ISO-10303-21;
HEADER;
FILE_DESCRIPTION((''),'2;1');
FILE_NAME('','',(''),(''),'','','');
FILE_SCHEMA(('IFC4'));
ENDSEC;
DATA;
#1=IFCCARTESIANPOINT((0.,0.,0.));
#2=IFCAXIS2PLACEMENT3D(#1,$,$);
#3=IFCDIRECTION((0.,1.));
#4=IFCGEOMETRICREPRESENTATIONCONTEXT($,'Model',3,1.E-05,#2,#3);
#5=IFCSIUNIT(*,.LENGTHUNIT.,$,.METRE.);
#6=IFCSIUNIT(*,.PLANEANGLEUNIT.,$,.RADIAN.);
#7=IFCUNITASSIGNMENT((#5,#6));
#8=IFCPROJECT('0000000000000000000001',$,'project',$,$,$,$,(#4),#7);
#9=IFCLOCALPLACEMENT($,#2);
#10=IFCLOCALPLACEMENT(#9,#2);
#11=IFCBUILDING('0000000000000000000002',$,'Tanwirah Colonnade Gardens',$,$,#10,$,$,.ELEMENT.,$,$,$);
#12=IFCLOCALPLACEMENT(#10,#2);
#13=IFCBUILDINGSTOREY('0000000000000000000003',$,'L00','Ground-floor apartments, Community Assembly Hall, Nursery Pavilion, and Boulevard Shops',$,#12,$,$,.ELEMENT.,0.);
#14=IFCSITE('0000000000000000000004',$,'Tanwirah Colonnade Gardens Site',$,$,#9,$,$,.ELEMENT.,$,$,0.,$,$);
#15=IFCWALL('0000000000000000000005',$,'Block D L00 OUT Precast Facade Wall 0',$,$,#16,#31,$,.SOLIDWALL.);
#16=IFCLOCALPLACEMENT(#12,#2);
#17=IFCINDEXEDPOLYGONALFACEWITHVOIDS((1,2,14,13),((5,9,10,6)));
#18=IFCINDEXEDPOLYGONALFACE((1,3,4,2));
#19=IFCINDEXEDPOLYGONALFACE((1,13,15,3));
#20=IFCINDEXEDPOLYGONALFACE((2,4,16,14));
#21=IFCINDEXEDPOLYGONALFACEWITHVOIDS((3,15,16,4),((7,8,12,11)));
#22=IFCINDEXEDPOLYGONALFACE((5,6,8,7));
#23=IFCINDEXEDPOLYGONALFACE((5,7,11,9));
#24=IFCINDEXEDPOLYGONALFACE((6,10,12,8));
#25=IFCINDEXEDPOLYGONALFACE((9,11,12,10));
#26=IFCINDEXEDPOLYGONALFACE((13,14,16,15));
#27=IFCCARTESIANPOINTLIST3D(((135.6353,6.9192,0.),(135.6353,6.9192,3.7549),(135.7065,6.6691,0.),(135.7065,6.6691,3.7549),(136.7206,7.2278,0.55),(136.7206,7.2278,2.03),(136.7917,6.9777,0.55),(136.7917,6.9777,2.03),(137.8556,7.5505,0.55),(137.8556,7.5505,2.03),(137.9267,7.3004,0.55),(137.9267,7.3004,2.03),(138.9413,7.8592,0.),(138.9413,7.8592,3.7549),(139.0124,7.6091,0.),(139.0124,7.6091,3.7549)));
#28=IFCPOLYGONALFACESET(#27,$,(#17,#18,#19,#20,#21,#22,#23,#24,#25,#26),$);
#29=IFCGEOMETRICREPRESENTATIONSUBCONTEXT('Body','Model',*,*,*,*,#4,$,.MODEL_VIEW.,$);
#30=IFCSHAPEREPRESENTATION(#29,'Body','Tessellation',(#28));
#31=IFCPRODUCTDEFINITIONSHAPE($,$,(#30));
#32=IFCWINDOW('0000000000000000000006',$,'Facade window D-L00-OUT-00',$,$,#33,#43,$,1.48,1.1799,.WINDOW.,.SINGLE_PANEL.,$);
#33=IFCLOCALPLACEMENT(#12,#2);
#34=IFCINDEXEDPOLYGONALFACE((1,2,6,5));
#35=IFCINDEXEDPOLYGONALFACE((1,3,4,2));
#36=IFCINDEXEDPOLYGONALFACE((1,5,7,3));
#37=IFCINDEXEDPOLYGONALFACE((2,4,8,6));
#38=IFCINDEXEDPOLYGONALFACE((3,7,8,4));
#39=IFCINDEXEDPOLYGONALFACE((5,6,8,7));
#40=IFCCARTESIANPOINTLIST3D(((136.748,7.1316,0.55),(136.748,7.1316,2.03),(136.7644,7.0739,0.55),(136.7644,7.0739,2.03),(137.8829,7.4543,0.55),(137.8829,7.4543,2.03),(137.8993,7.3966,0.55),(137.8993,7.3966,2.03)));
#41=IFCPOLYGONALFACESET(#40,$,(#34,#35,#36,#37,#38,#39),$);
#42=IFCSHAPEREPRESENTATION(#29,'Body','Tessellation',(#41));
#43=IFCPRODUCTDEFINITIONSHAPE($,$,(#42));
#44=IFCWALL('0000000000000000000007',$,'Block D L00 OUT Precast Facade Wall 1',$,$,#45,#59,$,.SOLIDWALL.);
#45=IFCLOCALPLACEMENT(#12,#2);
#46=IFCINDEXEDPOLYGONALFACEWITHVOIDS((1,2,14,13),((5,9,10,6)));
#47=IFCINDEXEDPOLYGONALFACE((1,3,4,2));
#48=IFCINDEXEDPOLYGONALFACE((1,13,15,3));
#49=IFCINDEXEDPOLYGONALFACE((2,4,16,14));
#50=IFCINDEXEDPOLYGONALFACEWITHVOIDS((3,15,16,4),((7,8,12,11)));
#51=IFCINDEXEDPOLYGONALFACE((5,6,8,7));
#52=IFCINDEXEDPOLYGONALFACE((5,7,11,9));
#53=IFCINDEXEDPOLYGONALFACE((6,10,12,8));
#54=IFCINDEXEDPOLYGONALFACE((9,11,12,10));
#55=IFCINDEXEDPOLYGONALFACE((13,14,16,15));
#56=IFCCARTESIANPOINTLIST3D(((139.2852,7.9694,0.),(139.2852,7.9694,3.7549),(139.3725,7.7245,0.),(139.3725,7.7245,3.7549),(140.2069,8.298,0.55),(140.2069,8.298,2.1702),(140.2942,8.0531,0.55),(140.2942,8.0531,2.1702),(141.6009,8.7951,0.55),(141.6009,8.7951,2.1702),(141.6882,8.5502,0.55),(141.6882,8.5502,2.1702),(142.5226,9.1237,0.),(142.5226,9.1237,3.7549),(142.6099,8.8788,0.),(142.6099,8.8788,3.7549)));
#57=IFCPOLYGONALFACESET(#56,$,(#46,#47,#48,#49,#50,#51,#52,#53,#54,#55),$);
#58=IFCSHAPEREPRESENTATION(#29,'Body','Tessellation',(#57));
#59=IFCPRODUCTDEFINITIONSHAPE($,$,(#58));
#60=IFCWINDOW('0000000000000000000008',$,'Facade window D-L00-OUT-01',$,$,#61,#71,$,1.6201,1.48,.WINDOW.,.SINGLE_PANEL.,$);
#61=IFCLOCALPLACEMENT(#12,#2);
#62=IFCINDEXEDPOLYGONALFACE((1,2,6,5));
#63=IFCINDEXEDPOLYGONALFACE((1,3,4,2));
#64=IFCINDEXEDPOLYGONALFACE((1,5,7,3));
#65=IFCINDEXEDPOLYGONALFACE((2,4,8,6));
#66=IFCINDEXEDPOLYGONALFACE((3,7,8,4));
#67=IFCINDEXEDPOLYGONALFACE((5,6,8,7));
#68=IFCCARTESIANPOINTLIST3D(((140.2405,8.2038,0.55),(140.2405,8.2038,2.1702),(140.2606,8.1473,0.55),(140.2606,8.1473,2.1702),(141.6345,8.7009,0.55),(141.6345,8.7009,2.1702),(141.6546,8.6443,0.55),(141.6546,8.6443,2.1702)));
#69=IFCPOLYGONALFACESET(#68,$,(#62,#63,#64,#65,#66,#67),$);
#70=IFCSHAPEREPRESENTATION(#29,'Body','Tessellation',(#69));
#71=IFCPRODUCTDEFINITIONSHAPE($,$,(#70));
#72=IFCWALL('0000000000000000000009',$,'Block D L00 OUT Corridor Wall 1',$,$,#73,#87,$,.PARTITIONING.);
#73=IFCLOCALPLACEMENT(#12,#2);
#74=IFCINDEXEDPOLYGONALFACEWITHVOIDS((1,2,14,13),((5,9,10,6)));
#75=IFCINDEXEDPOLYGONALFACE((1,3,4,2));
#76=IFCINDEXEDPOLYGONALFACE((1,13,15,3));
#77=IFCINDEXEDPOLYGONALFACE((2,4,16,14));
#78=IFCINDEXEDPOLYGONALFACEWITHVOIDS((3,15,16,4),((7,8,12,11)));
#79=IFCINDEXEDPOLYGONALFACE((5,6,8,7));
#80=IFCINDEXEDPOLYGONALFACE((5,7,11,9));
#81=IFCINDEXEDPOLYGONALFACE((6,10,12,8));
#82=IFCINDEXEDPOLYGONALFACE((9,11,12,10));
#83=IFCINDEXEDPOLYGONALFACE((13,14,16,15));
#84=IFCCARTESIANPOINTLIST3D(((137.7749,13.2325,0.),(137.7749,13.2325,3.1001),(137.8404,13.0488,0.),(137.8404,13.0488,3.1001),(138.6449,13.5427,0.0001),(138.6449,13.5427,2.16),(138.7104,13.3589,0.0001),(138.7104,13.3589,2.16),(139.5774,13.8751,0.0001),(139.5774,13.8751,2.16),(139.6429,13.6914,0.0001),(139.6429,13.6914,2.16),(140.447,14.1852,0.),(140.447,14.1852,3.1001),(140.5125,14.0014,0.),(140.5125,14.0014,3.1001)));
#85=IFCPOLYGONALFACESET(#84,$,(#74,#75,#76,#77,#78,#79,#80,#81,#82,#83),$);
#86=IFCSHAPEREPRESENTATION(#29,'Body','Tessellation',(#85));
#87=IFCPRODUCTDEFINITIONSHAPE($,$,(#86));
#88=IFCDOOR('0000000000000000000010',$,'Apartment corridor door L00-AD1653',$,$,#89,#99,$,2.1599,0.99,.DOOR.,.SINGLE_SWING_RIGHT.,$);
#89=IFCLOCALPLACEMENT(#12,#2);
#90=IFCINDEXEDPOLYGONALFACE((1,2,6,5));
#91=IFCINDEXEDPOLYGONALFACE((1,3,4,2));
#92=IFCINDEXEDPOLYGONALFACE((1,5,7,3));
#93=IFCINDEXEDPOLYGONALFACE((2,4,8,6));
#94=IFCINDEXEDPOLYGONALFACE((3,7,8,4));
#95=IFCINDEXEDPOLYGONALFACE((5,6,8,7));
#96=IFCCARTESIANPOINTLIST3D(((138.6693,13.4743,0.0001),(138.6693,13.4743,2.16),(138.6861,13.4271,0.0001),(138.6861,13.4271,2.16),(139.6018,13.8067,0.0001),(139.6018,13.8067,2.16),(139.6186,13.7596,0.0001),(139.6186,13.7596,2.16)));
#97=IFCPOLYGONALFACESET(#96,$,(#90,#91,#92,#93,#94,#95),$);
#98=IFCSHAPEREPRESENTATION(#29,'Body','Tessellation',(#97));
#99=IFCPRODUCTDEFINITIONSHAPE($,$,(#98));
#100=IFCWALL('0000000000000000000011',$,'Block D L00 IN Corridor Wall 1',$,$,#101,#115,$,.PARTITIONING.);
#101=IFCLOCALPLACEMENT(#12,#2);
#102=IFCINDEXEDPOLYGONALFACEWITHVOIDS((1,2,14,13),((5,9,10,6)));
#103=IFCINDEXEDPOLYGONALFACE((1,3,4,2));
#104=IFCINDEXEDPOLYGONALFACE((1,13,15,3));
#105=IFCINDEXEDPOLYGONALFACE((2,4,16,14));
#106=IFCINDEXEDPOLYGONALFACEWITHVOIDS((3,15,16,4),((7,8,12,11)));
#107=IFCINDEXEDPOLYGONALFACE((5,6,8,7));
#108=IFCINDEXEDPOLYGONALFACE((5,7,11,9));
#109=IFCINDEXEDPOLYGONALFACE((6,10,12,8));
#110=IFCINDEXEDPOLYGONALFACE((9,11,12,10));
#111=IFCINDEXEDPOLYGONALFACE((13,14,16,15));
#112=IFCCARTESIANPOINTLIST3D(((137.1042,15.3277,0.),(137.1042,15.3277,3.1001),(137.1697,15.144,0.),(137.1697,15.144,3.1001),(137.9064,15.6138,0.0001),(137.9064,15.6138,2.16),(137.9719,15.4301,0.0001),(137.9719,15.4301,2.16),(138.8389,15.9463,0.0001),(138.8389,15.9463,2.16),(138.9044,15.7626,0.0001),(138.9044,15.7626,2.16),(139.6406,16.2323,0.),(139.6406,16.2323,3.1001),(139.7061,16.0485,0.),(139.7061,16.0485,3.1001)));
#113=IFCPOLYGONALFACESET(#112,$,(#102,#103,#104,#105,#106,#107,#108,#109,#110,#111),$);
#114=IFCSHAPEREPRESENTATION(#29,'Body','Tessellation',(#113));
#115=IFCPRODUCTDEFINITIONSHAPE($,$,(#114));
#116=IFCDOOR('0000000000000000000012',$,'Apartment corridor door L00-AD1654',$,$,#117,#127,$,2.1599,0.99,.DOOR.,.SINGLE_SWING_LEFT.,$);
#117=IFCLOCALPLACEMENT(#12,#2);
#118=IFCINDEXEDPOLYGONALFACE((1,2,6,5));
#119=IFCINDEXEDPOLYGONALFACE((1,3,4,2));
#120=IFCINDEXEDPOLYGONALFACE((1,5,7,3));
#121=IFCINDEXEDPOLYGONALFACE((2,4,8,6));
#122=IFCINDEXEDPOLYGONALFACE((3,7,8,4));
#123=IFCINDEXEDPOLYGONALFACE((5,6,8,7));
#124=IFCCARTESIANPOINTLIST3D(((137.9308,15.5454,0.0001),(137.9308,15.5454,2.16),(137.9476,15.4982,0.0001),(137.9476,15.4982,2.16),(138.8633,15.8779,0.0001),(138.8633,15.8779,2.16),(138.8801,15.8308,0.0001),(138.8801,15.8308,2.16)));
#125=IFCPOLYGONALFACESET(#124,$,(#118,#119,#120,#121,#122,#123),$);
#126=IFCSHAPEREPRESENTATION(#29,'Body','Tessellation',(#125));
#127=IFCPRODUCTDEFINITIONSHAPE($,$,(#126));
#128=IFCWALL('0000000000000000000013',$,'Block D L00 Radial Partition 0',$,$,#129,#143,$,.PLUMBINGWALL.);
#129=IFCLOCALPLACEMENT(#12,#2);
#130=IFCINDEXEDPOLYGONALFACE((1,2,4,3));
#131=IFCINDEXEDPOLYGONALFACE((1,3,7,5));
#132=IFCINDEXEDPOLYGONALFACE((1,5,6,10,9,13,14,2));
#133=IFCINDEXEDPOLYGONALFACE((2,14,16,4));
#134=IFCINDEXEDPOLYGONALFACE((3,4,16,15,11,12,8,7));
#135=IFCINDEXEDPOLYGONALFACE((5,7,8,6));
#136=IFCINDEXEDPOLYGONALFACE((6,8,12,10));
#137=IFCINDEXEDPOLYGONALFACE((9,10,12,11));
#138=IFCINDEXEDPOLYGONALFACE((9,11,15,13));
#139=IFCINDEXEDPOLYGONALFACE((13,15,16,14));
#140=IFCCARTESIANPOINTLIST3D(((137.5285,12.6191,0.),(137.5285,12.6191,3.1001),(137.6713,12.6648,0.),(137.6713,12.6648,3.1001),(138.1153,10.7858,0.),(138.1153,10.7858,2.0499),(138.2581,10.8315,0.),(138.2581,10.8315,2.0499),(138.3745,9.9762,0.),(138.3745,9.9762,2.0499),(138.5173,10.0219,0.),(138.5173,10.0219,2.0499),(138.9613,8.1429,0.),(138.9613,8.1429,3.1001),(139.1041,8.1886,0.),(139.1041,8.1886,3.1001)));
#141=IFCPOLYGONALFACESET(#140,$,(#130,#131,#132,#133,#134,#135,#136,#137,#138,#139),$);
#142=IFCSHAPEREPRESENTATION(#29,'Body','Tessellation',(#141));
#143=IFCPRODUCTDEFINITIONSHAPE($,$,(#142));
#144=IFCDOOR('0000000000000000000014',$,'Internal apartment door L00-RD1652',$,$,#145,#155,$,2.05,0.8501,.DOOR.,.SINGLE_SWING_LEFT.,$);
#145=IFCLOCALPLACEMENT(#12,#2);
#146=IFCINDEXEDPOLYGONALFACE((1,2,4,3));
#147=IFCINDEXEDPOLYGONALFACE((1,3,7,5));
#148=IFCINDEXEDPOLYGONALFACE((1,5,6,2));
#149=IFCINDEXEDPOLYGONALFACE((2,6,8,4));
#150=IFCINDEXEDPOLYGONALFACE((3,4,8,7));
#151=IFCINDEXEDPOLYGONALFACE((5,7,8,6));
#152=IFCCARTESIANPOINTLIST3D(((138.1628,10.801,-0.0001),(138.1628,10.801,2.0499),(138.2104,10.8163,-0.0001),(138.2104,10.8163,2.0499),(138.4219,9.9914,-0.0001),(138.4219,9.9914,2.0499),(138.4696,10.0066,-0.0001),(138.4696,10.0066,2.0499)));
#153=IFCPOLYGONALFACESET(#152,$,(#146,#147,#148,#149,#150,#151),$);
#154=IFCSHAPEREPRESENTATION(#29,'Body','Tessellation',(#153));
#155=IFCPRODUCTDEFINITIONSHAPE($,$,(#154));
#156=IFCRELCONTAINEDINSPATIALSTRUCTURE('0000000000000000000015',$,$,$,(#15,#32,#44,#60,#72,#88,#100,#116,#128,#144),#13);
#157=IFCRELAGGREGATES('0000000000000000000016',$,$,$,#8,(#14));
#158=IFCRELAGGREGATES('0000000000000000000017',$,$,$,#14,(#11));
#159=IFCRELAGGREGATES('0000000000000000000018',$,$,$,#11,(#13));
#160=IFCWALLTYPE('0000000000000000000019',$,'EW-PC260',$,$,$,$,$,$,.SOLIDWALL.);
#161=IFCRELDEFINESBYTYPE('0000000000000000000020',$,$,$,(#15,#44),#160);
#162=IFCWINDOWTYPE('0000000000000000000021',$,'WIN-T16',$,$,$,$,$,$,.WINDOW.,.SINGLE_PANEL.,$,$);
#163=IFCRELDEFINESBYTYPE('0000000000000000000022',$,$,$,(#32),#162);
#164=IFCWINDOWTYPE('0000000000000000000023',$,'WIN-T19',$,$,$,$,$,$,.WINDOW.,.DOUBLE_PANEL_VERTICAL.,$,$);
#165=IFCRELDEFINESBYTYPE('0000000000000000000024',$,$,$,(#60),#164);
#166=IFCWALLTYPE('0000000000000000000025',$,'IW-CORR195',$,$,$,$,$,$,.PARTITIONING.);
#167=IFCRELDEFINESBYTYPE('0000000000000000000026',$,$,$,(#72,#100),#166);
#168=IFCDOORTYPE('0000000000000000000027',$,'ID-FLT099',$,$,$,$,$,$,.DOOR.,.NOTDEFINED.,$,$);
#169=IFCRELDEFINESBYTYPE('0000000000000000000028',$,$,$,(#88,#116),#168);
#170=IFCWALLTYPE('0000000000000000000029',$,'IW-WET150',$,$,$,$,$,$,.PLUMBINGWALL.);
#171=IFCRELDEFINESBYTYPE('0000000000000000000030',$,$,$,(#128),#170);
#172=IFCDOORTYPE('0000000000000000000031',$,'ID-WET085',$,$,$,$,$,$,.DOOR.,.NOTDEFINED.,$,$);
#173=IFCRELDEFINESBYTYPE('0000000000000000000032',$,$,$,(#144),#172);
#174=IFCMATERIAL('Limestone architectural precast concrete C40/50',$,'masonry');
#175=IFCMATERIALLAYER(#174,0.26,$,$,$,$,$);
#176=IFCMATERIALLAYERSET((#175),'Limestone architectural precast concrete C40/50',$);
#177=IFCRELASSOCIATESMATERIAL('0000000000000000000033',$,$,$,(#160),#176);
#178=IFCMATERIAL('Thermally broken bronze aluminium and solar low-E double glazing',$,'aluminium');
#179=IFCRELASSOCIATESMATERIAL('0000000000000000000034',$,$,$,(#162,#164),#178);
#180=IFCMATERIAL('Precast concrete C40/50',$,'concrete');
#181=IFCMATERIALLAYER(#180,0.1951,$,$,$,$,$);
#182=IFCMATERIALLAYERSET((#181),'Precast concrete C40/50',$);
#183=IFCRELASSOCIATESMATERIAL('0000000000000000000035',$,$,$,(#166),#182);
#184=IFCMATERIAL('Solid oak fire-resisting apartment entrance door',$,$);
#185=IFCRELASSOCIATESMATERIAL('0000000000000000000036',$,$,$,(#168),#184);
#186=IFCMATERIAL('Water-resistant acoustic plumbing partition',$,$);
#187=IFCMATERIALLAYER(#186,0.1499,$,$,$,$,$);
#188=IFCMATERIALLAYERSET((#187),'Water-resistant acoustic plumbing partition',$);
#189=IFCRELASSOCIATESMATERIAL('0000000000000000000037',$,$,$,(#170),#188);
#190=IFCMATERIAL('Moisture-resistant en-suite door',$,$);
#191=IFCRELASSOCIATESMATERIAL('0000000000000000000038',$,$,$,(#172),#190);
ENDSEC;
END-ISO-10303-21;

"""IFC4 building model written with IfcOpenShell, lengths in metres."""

from ifc_helpers import new_model, si_unit, direction, frame, frame_2d, origin, place, context, subcontext, project, spatial, rectangle, extrude, material, layer, layer_set, type_object, element, fill, save


model = new_model("IFC4")

# Units and contexts
model_context = context("Model", 3, precision=1e-05, world=origin(), true_north=direction((0.0, 1.0)))
body_context = subcontext(model_context, "Body", "Model", "MODEL_VIEW")
ifc_project = project(units=[si_unit("LENGTHUNIT", "METRE"), si_unit("PLANEANGLEUNIT", "RADIAN")], contexts=[model_context])

# Site, building, storey
site_placement = place(None, origin())
site = spatial("IfcSite", under=ifc_project, at=site_placement, Name="Tanwirah Colonnade Gardens Site", CompositionType="ELEMENT", RefElevation=0.0)
building_placement = place(site_placement, origin())
building = spatial("IfcBuilding", under=site, at=building_placement, Name="Tanwirah Colonnade Gardens", CompositionType="ELEMENT")
storey_placement = place(building_placement, origin())
storey = spatial("IfcBuildingStorey", under=building, at=storey_placement, Name="L00", Description="Ground-floor apartments, Community Assembly Hall, Nursery Pavilion, and Boulevard Shops", CompositionType="ELEMENT", Elevation=0.0)

# Shared definitions
ifc_material_1 = material(Name="Precast concrete C40/50", Category="concrete")

# Walls, openings, windows
ifc_material_2 = material(Name="Limestone architectural precast concrete C40/50", Category="masonry")
ifc_layer_1 = layer(ifc_material_2, 0.26)
ifc_layer_set_1 = layer_set([ifc_layer_1], Name="Limestone architectural precast concrete C40/50")
wall_type_1 = type_object("IfcWallType", Name="EW-PC260", PredefinedType="SOLIDWALL", material=ifc_layer_set_1)
wall_1_placement = place(storey_placement, frame((135.6709, 6.7942, 0.0), z_axis=(0.0, 0.0, 1.0), x_axis=(0.961877, 0.273482, 0.0)))
wall_1 = element("IfcWall", 1, at=wall_1_placement, inside=storey, type_object=wall_type_1, Name="Block D L00 OUT Precast Facade Wall 0", PredefinedType="SOLIDWALL", context=body_context, shape_type="SweptSolid", body=[
    extrude(rectangle(XDim=3.437, YDim=0.26, at=frame_2d((1.7185, 0.0))), origin(), (0.0, 0.0, 1.0), 3.7549),
])
opening_1_placement = place(wall_1_placement, frame((1.1284, 0.0, 0.55)))
opening_1 = element("IfcOpeningElement", 2, at=opening_1_placement, cuts=wall_1, PredefinedType="OPENING", context=body_context, shape_type="SweptSolid", body=[
    extrude(rectangle(XDim=1.1799, YDim=1.48, at=frame_2d((0.5898, 0.74))), frame((0.0, 0.1399, 0.0), z_axis=(0.0, -1.0, 0.0), x_axis=(1.0, 0.0, 0.0)), (0.0, 0.0, 1.0), 0.28),
])
ifc_material_3 = material(Name="Thermally broken bronze aluminium and solar low-E double glazing", Category="aluminium")
window_type_1 = type_object("IfcWindowType", Name="WIN-T16", PartitioningType="SINGLE_PANEL", PredefinedType="WINDOW", material=ifc_material_3)
window_1_placement = place(opening_1_placement, origin())
window_1 = element("IfcWindow", 3, at=window_1_placement, inside=storey, type_object=window_type_1, Name="Facade window D-L00-OUT-00", OverallHeight=1.48, OverallWidth=1.1799, PartitioningType="SINGLE_PANEL", PredefinedType="WINDOW", context=body_context, shape_type="SweptSolid", body=[
    extrude(rectangle(XDim=1.1799, YDim=1.48, at=frame_2d((0.5898, 0.74))), frame((0.0, 0.03, 0.0), z_axis=(0.0, -1.0, 0.0), x_axis=(1.0, 0.0, 0.0)), (0.0, 0.0, 1.0), 0.0601),
])
fill(opening_1, window_1)
wall_2_placement = place(storey_placement, frame((139.3289, 7.8469, 0.0), z_axis=(0.0, 0.0, 1.0), x_axis=(0.941915, 0.33585, 0.0)))
wall_2 = element("IfcWall", 4, at=wall_2_placement, inside=storey, type_object=wall_type_1, Name="Block D L00 OUT Precast Facade Wall 1", PredefinedType="SOLIDWALL", context=body_context, shape_type="SweptSolid", body=[
    extrude(rectangle(XDim=3.437, YDim=0.26, at=frame_2d((1.7185, 0.0))), origin(), (0.0, 0.0, 1.0), 3.7549),
])
opening_2_placement = place(wall_2_placement, frame((0.9785, 0.0, 0.55)))
opening_2 = element("IfcOpeningElement", 5, at=opening_2_placement, cuts=wall_2, PredefinedType="OPENING", context=body_context, shape_type="SweptSolid", body=[
    extrude(rectangle(XDim=1.48, YDim=1.6201, at=frame_2d((0.74, 0.8101))), frame((0.0, 0.1399, 0.0), z_axis=(0.0, -1.0, 0.0), x_axis=(1.0, 0.0, 0.0)), (0.0, 0.0, 1.0), 0.28),
])
window_type_2 = type_object("IfcWindowType", Name="WIN-T19", PartitioningType="DOUBLE_PANEL_VERTICAL", PredefinedType="WINDOW", material=ifc_material_3)
window_2_placement = place(opening_2_placement, origin())
window_2 = element("IfcWindow", 6, at=window_2_placement, inside=storey, type_object=window_type_2, Name="Facade window D-L00-OUT-01", OverallHeight=1.6201, OverallWidth=1.48, PartitioningType="SINGLE_PANEL", PredefinedType="WINDOW", context=body_context, shape_type="SweptSolid", body=[
    extrude(rectangle(XDim=1.48, YDim=1.6201, at=frame_2d((0.74, 0.8101))), frame((0.0, 0.03, 0.0), z_axis=(0.0, -1.0, 0.0), x_axis=(1.0, 0.0, 0.0)), (0.0, 0.0, 1.0), 0.0601),
])
fill(opening_2, window_2)

# Walls, openings, doors
ifc_layer_2 = layer(ifc_material_1, 0.1951)
ifc_layer_set_2 = layer_set([ifc_layer_2], Name="Precast concrete C40/50")
wall_type_2 = type_object("IfcWallType", Name="IW-CORR195", PredefinedType="PARTITIONING", material=ifc_layer_set_2)
wall_3_placement = place(storey_placement, frame((137.8076, 13.1406, 0.0), z_axis=(0.0, 0.0, 1.0), x_axis=(0.941931, 0.335808, 0.0)))
wall_3 = element("IfcWall", 7, at=wall_3_placement, inside=storey, type_object=wall_type_2, Name="Block D L00 OUT Corridor Wall 1", PredefinedType="PARTITIONING", context=body_context, shape_type="SweptSolid", body=[
    extrude(rectangle(XDim=2.8369, YDim=0.1951, at=frame_2d((1.4185, 0.0))), origin(), (0.0, 0.0, 1.0), 3.1001),
])
opening_3_placement = place(wall_3_placement, frame((0.9236, 0.0, 0.0)))
opening_3 = element("IfcOpeningElement", 8, at=opening_3_placement, cuts=wall_3, PredefinedType="OPENING", context=body_context, shape_type="SweptSolid", body=[
    extrude(rectangle(XDim=0.99, YDim=2.1599, at=frame_2d((0.4951, 1.0801))), frame((0.0, 0.1074, 0.0), z_axis=(0.0, -1.0, 0.0), x_axis=(1.0, 0.0, 0.0)), (0.0, 0.0, 1.0), 0.2151),
])
ifc_material_4 = material(Name="Solid oak fire-resisting apartment entrance door")
door_type_1 = type_object("IfcDoorType", Name="ID-FLT099", OperationType="NOTDEFINED", PredefinedType="DOOR", material=ifc_material_4)
door_1_placement = place(opening_3_placement, origin())
door_1 = element("IfcDoor", 9, at=door_1_placement, inside=storey, type_object=door_type_1, Name="Apartment corridor door L00-AD1653", OperationType="SINGLE_SWING_RIGHT", OverallHeight=2.1599, OverallWidth=0.99, PredefinedType="DOOR", context=body_context, shape_type="SweptSolid", body=[
    extrude(rectangle(XDim=0.99, YDim=2.1599, at=frame_2d((0.4951, 1.0801))), frame((0.0, 0.0249, 0.0), z_axis=(0.0, -1.0, 0.0), x_axis=(1.0, 0.0, 0.0)), (0.0, 0.0, 1.0), 0.05),
])
fill(opening_3, door_1)
wall_4_placement = place(storey_placement, frame((137.137, 15.2358, 0.0), z_axis=(0.0, 0.0, 1.0), x_axis=(0.941896, 0.335906, 0.0)))
wall_4 = element("IfcWall", 10, at=wall_4_placement, inside=storey, type_object=wall_type_2, Name="Block D L00 IN Corridor Wall 1", PredefinedType="PARTITIONING", context=body_context, shape_type="SweptSolid", body=[
    extrude(rectangle(XDim=2.6929, YDim=0.1951, at=frame_2d((1.3464, 0.0))), origin(), (0.0, 0.0, 1.0), 3.1001),
])
opening_4_placement = place(wall_4_placement, frame((0.8516, 0.0, 0.0)))
opening_4 = element("IfcOpeningElement", 11, at=opening_4_placement, cuts=wall_4, PredefinedType="OPENING", context=body_context, shape_type="SweptSolid", body=[
    extrude(rectangle(XDim=0.99, YDim=2.1599, at=frame_2d((0.4951, 1.0801))), frame((0.0, 0.1074, 0.0), z_axis=(0.0, -1.0, 0.0), x_axis=(1.0, 0.0, 0.0)), (0.0, 0.0, 1.0), 0.2151),
])
door_2_placement = place(opening_4_placement, origin())
door_2 = element("IfcDoor", 12, at=door_2_placement, inside=storey, type_object=door_type_1, Name="Apartment corridor door L00-AD1654", OperationType="SINGLE_SWING_LEFT", OverallHeight=2.1599, OverallWidth=0.99, PredefinedType="DOOR", context=body_context, shape_type="SweptSolid", body=[
    extrude(rectangle(XDim=0.99, YDim=2.1599, at=frame_2d((0.4951, 1.0801))), frame((0.0, 0.0249, 0.0), z_axis=(0.0, -1.0, 0.0), x_axis=(1.0, 0.0, 0.0)), (0.0, 0.0, 1.0), 0.05),
])
fill(opening_4, door_2)
ifc_material_5 = material(Name="Water-resistant acoustic plumbing partition")
ifc_layer_3 = layer(ifc_material_5, 0.1499)
ifc_layer_set_3 = layer_set([ifc_layer_3], Name="Water-resistant acoustic plumbing partition")
wall_type_3 = type_object("IfcWallType", Name="IW-WET150", PredefinedType="PLUMBINGWALL", material=ifc_layer_set_3)
wall_5_placement = place(storey_placement, frame((137.5999, 12.6421, 0.0), z_axis=(0.0, 0.0, 1.0), x_axis=(0.304861, -0.952397, 0.0)))
wall_5 = element("IfcWall", 13, at=wall_5_placement, inside=storey, type_object=wall_type_3, Name="Block D L00 Radial Partition 0", PredefinedType="PLUMBINGWALL", context=body_context, shape_type="SweptSolid", body=[
    extrude(rectangle(XDim=4.7, YDim=0.1499, at=frame_2d((2.3501, 0.0))), origin(), (0.0, 0.0, 1.0), 3.1001),
])
opening_5_placement = place(wall_5_placement, frame((1.925, 0.0, 0.0)))
opening_5 = element("IfcOpeningElement", 14, at=opening_5_placement, cuts=wall_5, PredefinedType="OPENING", context=body_context, shape_type="SweptSolid", body=[
    extrude(rectangle(XDim=0.8501, YDim=2.05, at=frame_2d((0.425, 1.0249))), frame((0.0, 0.085, 0.0), z_axis=(0.0, -1.0, 0.0), x_axis=(1.0, 0.0, 0.0)), (0.0, 0.0, 1.0), 0.1699),
])
ifc_material_6 = material(Name="Moisture-resistant en-suite door")
door_type_2 = type_object("IfcDoorType", Name="ID-WET085", OperationType="NOTDEFINED", PredefinedType="DOOR", material=ifc_material_6)
door_3_placement = place(opening_5_placement, origin())
door_3 = element("IfcDoor", 15, at=door_3_placement, inside=storey, type_object=door_type_2, Name="Internal apartment door L00-RD1652", OperationType="SINGLE_SWING_LEFT", OverallHeight=2.05, OverallWidth=0.8501, PredefinedType="DOOR", context=body_context, shape_type="SweptSolid", body=[
    extrude(rectangle(XDim=0.8501, YDim=2.05, at=frame_2d((0.425, 1.0249))), frame((0.0, 0.0249, 0.0), z_axis=(0.0, -1.0, 0.0), x_axis=(1.0, 0.0, 0.0)), (0.0, 0.0, 1.0), 0.05),
])
fill(opening_5, door_3)

save(model, "model.ifc")
